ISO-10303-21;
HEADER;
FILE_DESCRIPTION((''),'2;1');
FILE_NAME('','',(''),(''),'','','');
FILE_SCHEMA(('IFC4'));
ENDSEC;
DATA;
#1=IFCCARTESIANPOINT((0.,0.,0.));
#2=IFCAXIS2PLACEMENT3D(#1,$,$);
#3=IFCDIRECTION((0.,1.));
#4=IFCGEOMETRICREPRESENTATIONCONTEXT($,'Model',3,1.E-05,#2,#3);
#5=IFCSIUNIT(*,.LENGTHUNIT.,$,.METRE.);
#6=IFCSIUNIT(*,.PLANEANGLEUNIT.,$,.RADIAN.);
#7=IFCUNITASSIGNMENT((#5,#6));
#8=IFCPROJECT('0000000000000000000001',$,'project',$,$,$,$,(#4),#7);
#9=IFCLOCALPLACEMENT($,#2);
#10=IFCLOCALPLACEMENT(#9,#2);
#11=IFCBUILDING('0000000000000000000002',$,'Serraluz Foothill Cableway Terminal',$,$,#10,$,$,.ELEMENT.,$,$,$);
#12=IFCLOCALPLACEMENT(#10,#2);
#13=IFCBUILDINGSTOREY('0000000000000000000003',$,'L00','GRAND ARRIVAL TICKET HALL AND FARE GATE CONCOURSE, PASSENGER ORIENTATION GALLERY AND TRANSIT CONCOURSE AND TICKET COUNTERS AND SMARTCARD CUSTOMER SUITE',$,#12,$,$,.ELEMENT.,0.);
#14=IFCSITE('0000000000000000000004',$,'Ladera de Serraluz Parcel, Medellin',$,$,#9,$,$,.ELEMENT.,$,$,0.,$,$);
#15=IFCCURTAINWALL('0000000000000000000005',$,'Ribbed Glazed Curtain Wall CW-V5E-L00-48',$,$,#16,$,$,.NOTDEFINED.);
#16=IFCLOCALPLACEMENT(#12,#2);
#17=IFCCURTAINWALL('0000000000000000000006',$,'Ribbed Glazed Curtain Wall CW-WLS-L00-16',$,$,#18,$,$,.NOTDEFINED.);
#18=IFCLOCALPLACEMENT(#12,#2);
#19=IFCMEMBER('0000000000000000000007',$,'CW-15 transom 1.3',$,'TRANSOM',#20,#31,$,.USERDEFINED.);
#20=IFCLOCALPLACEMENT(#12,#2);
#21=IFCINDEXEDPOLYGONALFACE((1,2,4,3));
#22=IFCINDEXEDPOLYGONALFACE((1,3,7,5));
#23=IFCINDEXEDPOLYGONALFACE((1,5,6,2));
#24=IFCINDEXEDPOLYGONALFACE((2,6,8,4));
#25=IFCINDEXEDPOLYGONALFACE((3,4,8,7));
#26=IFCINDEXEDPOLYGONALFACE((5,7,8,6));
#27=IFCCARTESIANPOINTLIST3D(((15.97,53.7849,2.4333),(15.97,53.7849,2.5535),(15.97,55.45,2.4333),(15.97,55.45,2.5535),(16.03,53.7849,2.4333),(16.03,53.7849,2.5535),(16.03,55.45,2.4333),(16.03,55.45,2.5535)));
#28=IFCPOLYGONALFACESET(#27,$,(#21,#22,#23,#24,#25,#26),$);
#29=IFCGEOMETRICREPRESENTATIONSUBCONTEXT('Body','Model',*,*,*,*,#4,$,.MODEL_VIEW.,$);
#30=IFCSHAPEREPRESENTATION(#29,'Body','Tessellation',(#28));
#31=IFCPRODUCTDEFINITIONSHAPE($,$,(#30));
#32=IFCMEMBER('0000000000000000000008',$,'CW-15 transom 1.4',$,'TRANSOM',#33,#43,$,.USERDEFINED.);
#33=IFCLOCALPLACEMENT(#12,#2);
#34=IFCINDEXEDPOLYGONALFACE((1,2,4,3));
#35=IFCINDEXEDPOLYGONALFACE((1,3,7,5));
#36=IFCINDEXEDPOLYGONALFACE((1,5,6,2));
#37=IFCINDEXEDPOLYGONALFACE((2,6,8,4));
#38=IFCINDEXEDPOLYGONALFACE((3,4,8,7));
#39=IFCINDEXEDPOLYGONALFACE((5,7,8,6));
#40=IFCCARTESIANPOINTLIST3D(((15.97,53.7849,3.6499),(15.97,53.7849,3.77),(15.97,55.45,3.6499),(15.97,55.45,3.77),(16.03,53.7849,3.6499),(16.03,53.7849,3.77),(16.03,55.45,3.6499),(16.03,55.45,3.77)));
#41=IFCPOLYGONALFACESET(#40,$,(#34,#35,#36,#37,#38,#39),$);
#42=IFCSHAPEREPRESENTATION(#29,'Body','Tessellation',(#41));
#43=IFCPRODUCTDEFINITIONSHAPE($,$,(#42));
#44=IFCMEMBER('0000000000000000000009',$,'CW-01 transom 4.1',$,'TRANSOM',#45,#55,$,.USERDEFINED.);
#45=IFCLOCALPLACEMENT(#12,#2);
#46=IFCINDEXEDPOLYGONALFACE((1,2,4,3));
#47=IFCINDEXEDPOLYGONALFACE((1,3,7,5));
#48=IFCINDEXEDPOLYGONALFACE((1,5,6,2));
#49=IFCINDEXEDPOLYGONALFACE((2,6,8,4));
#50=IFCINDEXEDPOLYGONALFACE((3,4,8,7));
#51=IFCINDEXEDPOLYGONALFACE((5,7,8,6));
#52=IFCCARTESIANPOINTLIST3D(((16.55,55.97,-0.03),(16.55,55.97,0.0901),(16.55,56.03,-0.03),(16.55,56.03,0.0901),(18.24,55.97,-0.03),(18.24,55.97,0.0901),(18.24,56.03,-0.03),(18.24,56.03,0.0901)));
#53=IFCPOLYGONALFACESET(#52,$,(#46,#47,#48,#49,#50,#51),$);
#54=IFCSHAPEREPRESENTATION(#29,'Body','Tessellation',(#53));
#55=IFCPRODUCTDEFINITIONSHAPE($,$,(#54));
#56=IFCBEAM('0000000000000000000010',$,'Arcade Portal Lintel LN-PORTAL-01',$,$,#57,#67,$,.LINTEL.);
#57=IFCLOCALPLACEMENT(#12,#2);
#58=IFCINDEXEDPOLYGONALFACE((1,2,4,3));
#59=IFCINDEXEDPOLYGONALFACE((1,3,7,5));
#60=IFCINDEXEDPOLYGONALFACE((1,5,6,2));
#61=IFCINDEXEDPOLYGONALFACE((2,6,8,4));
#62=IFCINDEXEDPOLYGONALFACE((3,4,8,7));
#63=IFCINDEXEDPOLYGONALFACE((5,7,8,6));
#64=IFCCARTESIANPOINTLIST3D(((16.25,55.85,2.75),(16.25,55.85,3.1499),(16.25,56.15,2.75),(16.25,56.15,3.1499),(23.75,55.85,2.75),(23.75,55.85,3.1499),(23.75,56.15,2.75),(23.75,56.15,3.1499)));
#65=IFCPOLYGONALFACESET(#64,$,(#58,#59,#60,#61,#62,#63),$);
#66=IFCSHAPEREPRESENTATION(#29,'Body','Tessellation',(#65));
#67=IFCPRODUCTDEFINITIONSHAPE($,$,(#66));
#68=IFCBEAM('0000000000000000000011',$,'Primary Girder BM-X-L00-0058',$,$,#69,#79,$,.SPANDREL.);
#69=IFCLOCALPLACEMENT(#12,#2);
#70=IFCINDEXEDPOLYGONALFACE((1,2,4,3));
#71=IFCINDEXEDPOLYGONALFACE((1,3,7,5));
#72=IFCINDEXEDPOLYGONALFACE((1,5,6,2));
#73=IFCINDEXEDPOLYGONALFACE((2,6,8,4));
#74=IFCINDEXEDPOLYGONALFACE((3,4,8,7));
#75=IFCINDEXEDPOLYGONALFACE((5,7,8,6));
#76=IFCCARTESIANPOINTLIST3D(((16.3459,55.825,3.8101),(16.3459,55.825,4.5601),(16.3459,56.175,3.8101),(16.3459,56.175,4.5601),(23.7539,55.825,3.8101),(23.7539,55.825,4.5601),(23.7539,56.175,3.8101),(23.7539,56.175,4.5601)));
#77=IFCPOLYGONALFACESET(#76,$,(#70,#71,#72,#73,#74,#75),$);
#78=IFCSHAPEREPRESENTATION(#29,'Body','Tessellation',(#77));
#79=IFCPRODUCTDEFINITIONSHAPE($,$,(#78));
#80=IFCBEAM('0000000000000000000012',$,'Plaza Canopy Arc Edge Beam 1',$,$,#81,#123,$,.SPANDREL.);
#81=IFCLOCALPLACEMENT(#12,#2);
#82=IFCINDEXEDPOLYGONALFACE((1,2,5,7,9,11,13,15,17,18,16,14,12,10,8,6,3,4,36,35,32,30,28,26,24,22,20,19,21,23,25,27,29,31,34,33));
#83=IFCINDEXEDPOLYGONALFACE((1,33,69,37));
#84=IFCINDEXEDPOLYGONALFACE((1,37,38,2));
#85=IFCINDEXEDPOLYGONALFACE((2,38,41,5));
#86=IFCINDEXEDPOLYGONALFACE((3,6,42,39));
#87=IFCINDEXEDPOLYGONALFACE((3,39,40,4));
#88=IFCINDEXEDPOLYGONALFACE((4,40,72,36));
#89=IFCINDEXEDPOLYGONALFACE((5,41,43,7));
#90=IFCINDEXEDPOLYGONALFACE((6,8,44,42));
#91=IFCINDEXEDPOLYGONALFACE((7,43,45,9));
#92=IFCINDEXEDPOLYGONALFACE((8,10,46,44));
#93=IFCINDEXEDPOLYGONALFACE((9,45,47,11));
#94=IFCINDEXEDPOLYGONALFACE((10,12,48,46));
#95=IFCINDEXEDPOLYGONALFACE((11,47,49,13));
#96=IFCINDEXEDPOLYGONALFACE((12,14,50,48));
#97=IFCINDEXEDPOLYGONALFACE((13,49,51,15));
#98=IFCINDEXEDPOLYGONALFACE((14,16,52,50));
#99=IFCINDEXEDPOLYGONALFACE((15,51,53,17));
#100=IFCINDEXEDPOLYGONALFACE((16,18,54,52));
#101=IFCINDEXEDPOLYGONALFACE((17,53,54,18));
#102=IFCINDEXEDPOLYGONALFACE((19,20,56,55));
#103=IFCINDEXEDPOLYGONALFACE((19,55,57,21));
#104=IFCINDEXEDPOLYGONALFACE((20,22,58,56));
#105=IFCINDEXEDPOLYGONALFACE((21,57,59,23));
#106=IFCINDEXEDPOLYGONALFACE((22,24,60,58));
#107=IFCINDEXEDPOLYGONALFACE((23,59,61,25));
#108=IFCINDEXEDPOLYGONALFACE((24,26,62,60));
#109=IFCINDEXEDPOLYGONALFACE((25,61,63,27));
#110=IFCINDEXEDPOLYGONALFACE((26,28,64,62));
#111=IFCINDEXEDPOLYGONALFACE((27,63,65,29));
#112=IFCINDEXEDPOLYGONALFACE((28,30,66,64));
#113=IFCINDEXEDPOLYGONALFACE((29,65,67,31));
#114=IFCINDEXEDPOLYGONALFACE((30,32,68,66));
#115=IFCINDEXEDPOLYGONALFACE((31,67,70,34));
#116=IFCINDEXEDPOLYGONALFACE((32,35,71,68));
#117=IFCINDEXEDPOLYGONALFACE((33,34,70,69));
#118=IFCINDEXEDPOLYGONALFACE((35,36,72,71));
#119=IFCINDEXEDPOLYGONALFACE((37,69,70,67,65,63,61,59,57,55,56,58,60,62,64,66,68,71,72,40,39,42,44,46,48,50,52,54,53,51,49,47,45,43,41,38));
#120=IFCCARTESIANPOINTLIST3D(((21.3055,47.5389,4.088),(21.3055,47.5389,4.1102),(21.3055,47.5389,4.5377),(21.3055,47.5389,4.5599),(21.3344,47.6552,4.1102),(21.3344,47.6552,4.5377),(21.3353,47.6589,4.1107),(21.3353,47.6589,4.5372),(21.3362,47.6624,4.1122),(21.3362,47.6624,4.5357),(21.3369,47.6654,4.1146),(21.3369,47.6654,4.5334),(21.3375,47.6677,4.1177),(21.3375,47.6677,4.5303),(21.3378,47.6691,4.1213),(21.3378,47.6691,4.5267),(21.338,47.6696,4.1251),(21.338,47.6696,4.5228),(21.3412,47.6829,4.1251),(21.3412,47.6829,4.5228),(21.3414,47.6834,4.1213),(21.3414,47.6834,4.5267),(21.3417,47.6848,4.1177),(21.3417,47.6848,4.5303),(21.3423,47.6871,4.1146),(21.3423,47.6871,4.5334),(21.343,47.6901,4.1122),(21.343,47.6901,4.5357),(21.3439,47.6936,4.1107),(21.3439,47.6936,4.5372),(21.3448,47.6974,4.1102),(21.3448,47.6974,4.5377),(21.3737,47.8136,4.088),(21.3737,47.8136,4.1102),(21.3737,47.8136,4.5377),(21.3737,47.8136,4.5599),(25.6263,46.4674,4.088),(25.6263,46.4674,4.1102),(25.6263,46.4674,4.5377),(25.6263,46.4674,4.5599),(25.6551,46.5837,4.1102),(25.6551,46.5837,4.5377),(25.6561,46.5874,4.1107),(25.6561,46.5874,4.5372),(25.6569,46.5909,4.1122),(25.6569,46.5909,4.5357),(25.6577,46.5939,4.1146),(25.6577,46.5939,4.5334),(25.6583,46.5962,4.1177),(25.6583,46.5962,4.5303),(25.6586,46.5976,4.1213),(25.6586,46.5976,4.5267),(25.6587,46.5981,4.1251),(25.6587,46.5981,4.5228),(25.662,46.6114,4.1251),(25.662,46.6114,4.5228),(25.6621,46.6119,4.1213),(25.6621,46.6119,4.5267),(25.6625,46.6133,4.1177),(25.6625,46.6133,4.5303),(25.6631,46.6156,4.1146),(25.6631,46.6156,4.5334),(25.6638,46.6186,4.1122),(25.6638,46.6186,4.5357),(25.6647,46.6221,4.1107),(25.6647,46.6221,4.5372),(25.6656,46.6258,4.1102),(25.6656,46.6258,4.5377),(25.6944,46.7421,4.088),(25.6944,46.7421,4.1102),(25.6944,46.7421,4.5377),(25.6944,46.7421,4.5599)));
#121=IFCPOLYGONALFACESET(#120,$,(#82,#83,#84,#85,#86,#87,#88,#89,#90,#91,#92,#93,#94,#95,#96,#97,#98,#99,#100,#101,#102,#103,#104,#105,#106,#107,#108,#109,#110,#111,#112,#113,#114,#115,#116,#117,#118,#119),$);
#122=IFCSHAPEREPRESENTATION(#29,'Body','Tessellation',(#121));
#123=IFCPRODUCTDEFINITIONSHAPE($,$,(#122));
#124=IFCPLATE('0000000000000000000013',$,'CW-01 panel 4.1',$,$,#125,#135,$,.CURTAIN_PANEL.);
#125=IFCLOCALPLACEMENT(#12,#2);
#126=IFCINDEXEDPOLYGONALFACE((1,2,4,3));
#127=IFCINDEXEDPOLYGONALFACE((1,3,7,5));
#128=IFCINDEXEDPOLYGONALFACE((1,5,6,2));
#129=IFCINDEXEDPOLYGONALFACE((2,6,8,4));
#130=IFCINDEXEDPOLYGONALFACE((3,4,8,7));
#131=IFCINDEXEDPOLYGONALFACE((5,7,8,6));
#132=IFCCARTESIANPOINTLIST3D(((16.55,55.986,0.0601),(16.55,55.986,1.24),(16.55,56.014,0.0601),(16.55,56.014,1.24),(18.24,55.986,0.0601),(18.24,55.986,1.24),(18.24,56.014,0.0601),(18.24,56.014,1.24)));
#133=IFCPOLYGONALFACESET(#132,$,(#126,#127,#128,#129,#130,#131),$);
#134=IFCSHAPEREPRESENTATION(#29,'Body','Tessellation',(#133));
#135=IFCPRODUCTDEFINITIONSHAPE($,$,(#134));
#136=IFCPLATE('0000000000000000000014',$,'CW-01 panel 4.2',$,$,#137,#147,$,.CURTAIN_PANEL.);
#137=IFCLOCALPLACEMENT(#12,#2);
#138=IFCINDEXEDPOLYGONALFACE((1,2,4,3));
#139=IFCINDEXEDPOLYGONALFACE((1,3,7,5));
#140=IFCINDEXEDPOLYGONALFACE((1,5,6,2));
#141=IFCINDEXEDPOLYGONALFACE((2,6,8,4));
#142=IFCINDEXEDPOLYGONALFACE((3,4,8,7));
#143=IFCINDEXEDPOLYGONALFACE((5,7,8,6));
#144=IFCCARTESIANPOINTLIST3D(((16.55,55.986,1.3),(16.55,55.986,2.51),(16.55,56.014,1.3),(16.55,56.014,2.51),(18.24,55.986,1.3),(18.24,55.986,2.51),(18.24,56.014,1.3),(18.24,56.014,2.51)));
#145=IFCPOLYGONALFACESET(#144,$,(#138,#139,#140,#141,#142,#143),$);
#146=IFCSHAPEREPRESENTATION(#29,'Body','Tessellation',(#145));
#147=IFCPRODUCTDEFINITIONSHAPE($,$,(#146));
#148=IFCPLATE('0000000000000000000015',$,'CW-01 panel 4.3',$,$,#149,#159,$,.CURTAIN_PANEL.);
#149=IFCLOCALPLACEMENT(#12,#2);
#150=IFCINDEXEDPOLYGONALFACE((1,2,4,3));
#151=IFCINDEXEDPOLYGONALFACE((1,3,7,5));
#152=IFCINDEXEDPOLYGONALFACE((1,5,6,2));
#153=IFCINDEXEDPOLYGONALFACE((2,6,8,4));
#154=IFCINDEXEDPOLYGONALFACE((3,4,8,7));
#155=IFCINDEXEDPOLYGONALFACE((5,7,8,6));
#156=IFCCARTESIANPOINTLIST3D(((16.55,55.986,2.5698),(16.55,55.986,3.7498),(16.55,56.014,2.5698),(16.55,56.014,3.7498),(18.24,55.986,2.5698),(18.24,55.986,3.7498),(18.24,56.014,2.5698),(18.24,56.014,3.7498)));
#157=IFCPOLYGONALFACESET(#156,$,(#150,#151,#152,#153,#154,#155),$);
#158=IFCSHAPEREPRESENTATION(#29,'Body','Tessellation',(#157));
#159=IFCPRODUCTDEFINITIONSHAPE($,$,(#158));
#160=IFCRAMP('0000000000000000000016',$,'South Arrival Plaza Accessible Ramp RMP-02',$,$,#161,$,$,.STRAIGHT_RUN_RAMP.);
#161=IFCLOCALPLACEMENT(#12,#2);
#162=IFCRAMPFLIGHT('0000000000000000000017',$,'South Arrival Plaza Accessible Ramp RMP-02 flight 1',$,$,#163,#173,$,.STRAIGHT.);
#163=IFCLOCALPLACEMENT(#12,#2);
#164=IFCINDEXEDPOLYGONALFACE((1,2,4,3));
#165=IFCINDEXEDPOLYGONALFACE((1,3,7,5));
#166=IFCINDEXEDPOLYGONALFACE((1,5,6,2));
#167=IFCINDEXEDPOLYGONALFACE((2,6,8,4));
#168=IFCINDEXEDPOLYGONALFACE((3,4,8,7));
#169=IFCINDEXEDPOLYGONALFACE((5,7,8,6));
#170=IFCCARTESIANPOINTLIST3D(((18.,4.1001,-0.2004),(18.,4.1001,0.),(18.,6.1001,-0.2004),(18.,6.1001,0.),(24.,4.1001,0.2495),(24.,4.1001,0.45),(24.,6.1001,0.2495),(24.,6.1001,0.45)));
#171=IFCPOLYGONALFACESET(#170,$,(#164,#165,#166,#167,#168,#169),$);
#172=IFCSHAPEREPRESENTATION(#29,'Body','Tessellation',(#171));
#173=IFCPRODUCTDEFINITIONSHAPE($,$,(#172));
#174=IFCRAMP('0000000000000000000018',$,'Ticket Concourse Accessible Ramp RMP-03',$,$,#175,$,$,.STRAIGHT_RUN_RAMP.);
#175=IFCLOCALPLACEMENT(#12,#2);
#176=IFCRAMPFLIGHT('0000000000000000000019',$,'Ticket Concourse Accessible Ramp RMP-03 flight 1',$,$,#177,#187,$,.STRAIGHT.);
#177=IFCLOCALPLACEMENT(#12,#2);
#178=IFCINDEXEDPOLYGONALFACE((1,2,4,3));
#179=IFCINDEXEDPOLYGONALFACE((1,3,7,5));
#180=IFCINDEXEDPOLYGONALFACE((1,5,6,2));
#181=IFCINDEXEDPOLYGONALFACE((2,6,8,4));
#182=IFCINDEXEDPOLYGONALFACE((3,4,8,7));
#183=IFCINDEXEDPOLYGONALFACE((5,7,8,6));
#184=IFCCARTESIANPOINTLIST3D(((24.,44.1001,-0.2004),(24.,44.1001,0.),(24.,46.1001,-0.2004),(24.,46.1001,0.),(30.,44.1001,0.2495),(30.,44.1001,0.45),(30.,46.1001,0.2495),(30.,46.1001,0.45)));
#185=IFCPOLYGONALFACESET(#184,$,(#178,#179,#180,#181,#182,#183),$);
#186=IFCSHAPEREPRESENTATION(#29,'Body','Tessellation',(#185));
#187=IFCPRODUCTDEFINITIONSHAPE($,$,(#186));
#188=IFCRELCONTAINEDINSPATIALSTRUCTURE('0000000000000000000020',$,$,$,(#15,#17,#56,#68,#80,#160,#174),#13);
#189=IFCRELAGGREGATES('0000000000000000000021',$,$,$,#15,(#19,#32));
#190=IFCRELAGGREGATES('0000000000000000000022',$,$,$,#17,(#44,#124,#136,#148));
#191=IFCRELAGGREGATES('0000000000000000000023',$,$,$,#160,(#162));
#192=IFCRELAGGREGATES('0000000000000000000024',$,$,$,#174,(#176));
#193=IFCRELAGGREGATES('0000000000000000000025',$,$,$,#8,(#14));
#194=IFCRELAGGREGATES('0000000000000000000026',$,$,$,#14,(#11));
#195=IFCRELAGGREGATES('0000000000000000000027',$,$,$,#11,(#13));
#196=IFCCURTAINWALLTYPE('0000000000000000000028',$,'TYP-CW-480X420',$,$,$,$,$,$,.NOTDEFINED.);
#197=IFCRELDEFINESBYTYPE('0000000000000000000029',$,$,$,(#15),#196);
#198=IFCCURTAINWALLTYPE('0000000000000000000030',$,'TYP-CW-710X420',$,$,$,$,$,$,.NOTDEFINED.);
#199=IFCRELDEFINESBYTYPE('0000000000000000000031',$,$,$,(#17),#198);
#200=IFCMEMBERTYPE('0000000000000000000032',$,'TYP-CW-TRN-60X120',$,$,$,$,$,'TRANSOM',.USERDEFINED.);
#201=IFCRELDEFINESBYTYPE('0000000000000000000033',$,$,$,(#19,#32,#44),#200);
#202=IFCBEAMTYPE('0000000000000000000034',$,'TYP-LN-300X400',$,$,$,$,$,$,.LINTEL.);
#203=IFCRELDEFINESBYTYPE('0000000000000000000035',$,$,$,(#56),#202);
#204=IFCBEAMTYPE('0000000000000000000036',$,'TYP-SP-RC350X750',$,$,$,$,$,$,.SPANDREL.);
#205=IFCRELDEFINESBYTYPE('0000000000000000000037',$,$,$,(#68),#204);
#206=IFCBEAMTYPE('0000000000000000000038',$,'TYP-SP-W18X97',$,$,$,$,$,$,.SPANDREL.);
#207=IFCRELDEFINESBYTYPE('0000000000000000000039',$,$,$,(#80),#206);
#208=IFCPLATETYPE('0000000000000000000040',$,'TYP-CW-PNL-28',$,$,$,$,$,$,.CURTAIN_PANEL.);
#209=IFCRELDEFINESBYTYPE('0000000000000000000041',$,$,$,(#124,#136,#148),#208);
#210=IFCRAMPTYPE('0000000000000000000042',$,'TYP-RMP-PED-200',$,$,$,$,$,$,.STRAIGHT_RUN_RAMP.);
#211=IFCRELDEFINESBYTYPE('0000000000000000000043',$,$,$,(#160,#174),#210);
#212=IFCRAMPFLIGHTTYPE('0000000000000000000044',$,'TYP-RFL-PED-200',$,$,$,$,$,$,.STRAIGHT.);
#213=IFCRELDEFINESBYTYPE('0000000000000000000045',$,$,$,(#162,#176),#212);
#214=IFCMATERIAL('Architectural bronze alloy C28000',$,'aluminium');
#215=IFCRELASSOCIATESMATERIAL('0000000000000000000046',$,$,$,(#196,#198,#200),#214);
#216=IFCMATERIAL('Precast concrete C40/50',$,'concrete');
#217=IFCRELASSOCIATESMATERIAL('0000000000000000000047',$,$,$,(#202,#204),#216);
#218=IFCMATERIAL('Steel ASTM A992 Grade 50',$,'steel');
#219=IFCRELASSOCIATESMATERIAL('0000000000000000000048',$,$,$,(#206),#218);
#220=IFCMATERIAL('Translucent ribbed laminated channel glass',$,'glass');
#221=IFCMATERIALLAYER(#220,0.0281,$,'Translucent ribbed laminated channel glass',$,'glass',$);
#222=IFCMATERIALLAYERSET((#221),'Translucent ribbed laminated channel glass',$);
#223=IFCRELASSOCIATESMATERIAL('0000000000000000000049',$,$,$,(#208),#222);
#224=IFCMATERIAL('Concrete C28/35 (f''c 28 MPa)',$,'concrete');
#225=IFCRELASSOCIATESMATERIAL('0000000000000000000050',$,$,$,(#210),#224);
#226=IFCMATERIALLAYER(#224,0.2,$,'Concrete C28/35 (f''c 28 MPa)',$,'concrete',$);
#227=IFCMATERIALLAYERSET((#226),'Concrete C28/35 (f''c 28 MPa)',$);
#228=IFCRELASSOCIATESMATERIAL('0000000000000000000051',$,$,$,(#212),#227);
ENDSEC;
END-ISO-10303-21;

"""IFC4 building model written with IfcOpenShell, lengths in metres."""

from ifc_helpers import new_model, si_unit, direction, frame, origin, origin_2d, place, context, subcontext, project, spatial, polyline, rectangle, i_section, outline, extrude, material, layer, layer_set, material_profile, profile_set, type_object, element, aggregate, save


model = new_model("IFC4")

# Units and contexts
model_context = context("Model", 3, precision=1e-05, world=origin(), true_north=direction((0.0, 1.0)))
body_context = subcontext(model_context, "Body", "Model", "MODEL_VIEW")
ifc_project = project(units=[si_unit("LENGTHUNIT", "METRE"), si_unit("PLANEANGLEUNIT", "RADIAN")], contexts=[model_context])

# Site, building, storey
site_placement = place(None, origin())
site = spatial("IfcSite", under=ifc_project, at=site_placement, Name="Ladera de Serraluz Parcel, Medellin", CompositionType="ELEMENT", RefElevation=0.0)
building_placement = place(site_placement, origin())
building = spatial("IfcBuilding", under=site, at=building_placement, Name="Serraluz Foothill Cableway Terminal", CompositionType="ELEMENT")
storey_placement = place(building_placement, origin())
storey = spatial("IfcBuildingStorey", under=building, at=storey_placement, Name="L00", Description="GRAND ARRIVAL TICKET HALL AND FARE GATE CONCOURSE, PASSENGER ORIENTATION GALLERY AND TRANSIT CONCOURSE AND TICKET COUNTERS AND SMARTCARD CUSTOMER SUITE", CompositionType="ELEMENT", Elevation=0.0)

# Shared definitions
ifc_material_1 = material(Name="Concrete C28/35 (f'c 28 MPa)", Category="concrete")

# Curtain walls
ifc_material_2 = material(Name="Architectural bronze alloy C28000", Category="aluminium")
curtain_wall_type_1 = type_object("IfcCurtainWallType", Name="TYP-CW-480X420", PredefinedType="NOTDEFINED", material=ifc_material_2)
curtain_wall_1_placement = place(storey_placement, origin())
curtain_wall_1 = element("IfcCurtainWall", 1, at=curtain_wall_1_placement, inside=storey, type_object=curtain_wall_type_1, Name="Ribbed Glazed Curtain Wall CW-V5E-L00-48", PredefinedType="NOTDEFINED")
curtain_wall_type_2 = type_object("IfcCurtainWallType", Name="TYP-CW-710X420", PredefinedType="NOTDEFINED", material=ifc_material_2)
curtain_wall_2_placement = place(storey_placement, origin())
curtain_wall_2 = element("IfcCurtainWall", 2, at=curtain_wall_2_placement, inside=storey, type_object=curtain_wall_type_2, Name="Ribbed Glazed Curtain Wall CW-WLS-L00-16", PredefinedType="NOTDEFINED")

# Members
ifc_material_profile_1 = material_profile(ifc_material_2, rectangle(XDim=0.0601, YDim=0.1201, at=origin_2d()), Name="ALU TRANSOM 60x120")
ifc_profile_set_1 = profile_set([ifc_material_profile_1], Name="Architectural bronze alloy C28000")
member_type_1 = type_object("IfcMemberType", Name="TYP-CW-TRN-60X120", ElementType="TRANSOM", PredefinedType="USERDEFINED", material=ifc_profile_set_1)
member_1_placement = place(storey_placement, frame((16.0, 55.45, 2.4934), z_axis=(0.0, -1.0, 0.0), x_axis=(1.0, 0.0, 0.0)))
member_1 = element("IfcMember", 3, at=member_1_placement, type_object=member_type_1, Name="CW-15 transom 1.3", ObjectType="TRANSOM", PredefinedType="USERDEFINED", context=body_context, shape_type="SweptSolid", body=[
    extrude(rectangle(XDim=0.0601, YDim=0.1201, at=origin_2d()), origin(), (0.0, 0.0, 1.0), 1.665),
])
member_2_placement = place(storey_placement, frame((16.0, 55.45, 3.71), z_axis=(0.0, -1.0, 0.0), x_axis=(1.0, 0.0, 0.0)))
member_2 = element("IfcMember", 4, at=member_2_placement, type_object=member_type_1, Name="CW-15 transom 1.4", ObjectType="TRANSOM", PredefinedType="USERDEFINED", context=body_context, shape_type="SweptSolid", body=[
    extrude(rectangle(XDim=0.0601, YDim=0.1201, at=origin_2d()), origin(), (0.0, 0.0, 1.0), 1.665),
])
aggregate(curtain_wall_1, [member_1, member_2])
member_3_placement = place(storey_placement, frame((18.24, 56.0, 0.03), z_axis=(-1.0, 0.0, 0.0), x_axis=(0.0, -1.0, 0.0)))
member_3 = element("IfcMember", 5, at=member_3_placement, type_object=member_type_1, Name="CW-01 transom 4.1", ObjectType="TRANSOM", PredefinedType="USERDEFINED", context=body_context, shape_type="SweptSolid", body=[
    extrude(rectangle(XDim=0.0601, YDim=0.1201, at=origin_2d()), origin(), (0.0, 0.0, 1.0), 1.6899),
])

# Beams
ifc_material_3 = material(Name="Precast concrete C40/50", Category="concrete")
ifc_material_profile_2 = material_profile(ifc_material_3, rectangle(XDim=0.3, YDim=0.3999, at=origin_2d()), Name="RC LN 300x400")
ifc_profile_set_2 = profile_set([ifc_material_profile_2], Name="Precast concrete C40/50")
beam_type_1 = type_object("IfcBeamType", Name="TYP-LN-300X400", PredefinedType="LINTEL", material=ifc_profile_set_2)
beam_1_placement = place(storey_placement, frame((16.25, 56.0, 2.95), z_axis=(1.0, 0.0, 0.0), x_axis=(0.0, 1.0, 0.0)))
element("IfcBeam", 6, at=beam_1_placement, inside=storey, type_object=beam_type_1, Name="Arcade Portal Lintel LN-PORTAL-01", PredefinedType="LINTEL", context=body_context, shape_type="SweptSolid", body=[
    extrude(rectangle(XDim=0.3, YDim=0.3999, at=origin_2d()), origin(), (0.0, 0.0, 1.0), 7.5),
])
ifc_material_profile_3 = material_profile(ifc_material_3, rectangle(XDim=0.3501, YDim=0.75, at=origin_2d()), Name="RC SP 350x750")
ifc_profile_set_3 = profile_set([ifc_material_profile_3], Name="Precast concrete C40/50")
beam_type_2 = type_object("IfcBeamType", Name="TYP-SP-RC350X750", PredefinedType="SPANDREL", material=ifc_profile_set_3)
beam_2_placement = place(storey_placement, frame((16.3459, 56.0, 4.1851), z_axis=(1.0, 0.0, 0.0), x_axis=(0.0, 1.0, 0.0)))
element("IfcBeam", 7, at=beam_2_placement, inside=storey, type_object=beam_type_2, Name="Primary Girder BM-X-L00-0058", PredefinedType="SPANDREL", context=body_context, shape_type="SweptSolid", body=[
    extrude(rectangle(XDim=0.3501, YDim=0.75, at=origin_2d()), origin(), (0.0, 0.0, 1.0), 7.408),
])
ifc_material_4 = material(Name="Steel ASTM A992 Grade 50", Category="steel")
ifc_material_profile_4 = material_profile(ifc_material_4, i_section(OverallWidth=0.283, OverallDepth=0.4719, WebThickness=0.0137, FlangeThickness=0.0222, FilletRadius=0.0149, at=origin_2d()), Name="W18X97")
ifc_profile_set_4 = profile_set([ifc_material_profile_4], Name="Steel ASTM A992 Grade 50")
beam_type_3 = type_object("IfcBeamType", Name="TYP-SP-W18X97", PredefinedType="SPANDREL", material=ifc_profile_set_4)
beam_3_placement = place(storey_placement, frame((21.3396, 47.6763, 4.324), z_axis=(0.970599, -0.240703, 0.0), x_axis=(0.240703, 0.970599, 0.0)))
element("IfcBeam", 8, at=beam_3_placement, inside=storey, type_object=beam_type_3, Name="Plaza Canopy Arc Edge Beam 1", PredefinedType="SPANDREL", context=body_context, shape_type="SweptSolid", body=[
    extrude(i_section(OverallWidth=0.283, OverallDepth=0.4719, WebThickness=0.0137, FlangeThickness=0.0222, FilletRadius=0.0149, at=origin_2d()), origin(), (0.0, 0.0, 1.0), 4.4517),
])

# Plates
ifc_material_5 = material(Name="Translucent ribbed laminated channel glass", Category="glass")
ifc_layer_1 = layer(ifc_material_5, 0.0281, Name="Translucent ribbed laminated channel glass", Category="glass")
ifc_layer_set_1 = layer_set([ifc_layer_1], Name="Translucent ribbed laminated channel glass")
plate_type = type_object("IfcPlateType", Name="TYP-CW-PNL-28", PredefinedType="CURTAIN_PANEL", material=ifc_layer_set_1)
plate_1_placement = place(storey_placement, frame((17.395, 56.0, 0.0601), z_axis=(0.0, 0.0, 1.0), x_axis=(-1.0, 0.0, 0.0)))
plate_1 = element("IfcPlate", 9, at=plate_1_placement, type_object=plate_type, Name="CW-01 panel 4.1", PredefinedType="CURTAIN_PANEL", context=body_context, shape_type="SweptSolid", body=[
    extrude(rectangle(XDim=1.6899, YDim=0.0281, at=origin_2d()), origin(), (0.0, 0.0, 1.0), 1.1799),
])
plate_2_placement = place(storey_placement, frame((17.395, 56.0, 1.3), z_axis=(0.0, 0.0, 1.0), x_axis=(-1.0, 0.0, 0.0)))
plate_2 = element("IfcPlate", 10, at=plate_2_placement, type_object=plate_type, Name="CW-01 panel 4.2", PredefinedType="CURTAIN_PANEL", context=body_context, shape_type="SweptSolid", body=[
    extrude(rectangle(XDim=1.6899, YDim=0.0281, at=origin_2d()), origin(), (0.0, 0.0, 1.0), 1.21),
])
plate_3_placement = place(storey_placement, frame((17.395, 56.0, 2.5698), z_axis=(0.0, 0.0, 1.0), x_axis=(-1.0, 0.0, 0.0)))
plate_3 = element("IfcPlate", 11, at=plate_3_placement, type_object=plate_type, Name="CW-01 panel 4.3", PredefinedType="CURTAIN_PANEL", context=body_context, shape_type="SweptSolid", body=[
    extrude(rectangle(XDim=1.6899, YDim=0.0281, at=origin_2d()), origin(), (0.0, 0.0, 1.0), 1.1799),
])
aggregate(curtain_wall_2, [member_3, plate_1, plate_2, plate_3])

# Ramps, ramp flights
ramp_type = type_object("IfcRampType", Name="TYP-RMP-PED-200", PredefinedType="STRAIGHT_RUN_RAMP", material=ifc_material_1)
ramp_1_placement = place(storey_placement, origin())
ramp_1 = element("IfcRamp", 12, at=ramp_1_placement, inside=storey, type_object=ramp_type, Name="South Arrival Plaza Accessible Ramp RMP-02", PredefinedType="STRAIGHT_RUN_RAMP")
ifc_layer_2 = layer(ifc_material_1, 0.2, Name="Concrete C28/35 (f'c 28 MPa)", Category="concrete")
ifc_layer_set_2 = layer_set([ifc_layer_2], Name="Concrete C28/35 (f'c 28 MPa)")
ramp_flight_type = type_object("IfcRampFlightType", Name="TYP-RFL-PED-200", PredefinedType="STRAIGHT", material=ifc_layer_set_2)
ramp_flight_1_placement = place(storey_placement, frame((18.0, 5.1001, 0.0), z_axis=(0.0, 0.0, 1.0), x_axis=(1.0, 0.0, 0.0)))
ramp_flight_1 = element("IfcRampFlight", 13, at=ramp_flight_1_placement, type_object=ramp_flight_type, Name="South Arrival Plaza Accessible Ramp RMP-02 flight 1", PredefinedType="STRAIGHT", context=body_context, shape_type="SweptSolid", body=[
    extrude(outline(polyline([(0.0, -0.2004), (6.0, 0.2495), (6.0, 0.45), (0.0, 0.0), (0.0, -0.2004)])), frame((0.0, 1.0, 0.0), z_axis=(0.0, -1.0, 0.0), x_axis=(1.0, 0.0, 0.0)), (0.0, 0.0, 1.0), 2.0),
])
aggregate(ramp_1, [ramp_flight_1])
ramp_2_placement = place(storey_placement, origin())
ramp_2 = element("IfcRamp", 14, at=ramp_2_placement, inside=storey, type_object=ramp_type, Name="Ticket Concourse Accessible Ramp RMP-03", PredefinedType="STRAIGHT_RUN_RAMP")
ramp_flight_2_placement = place(storey_placement, frame((24.0, 45.1001, 0.0), z_axis=(0.0, 0.0, 1.0), x_axis=(1.0, 0.0, 0.0)))
ramp_flight_2 = element("IfcRampFlight", 15, at=ramp_flight_2_placement, type_object=ramp_flight_type, Name="Ticket Concourse Accessible Ramp RMP-03 flight 1", PredefinedType="STRAIGHT", context=body_context, shape_type="SweptSolid", body=[
    extrude(outline(polyline([(0.0, -0.2004), (6.0, 0.2495), (6.0, 0.45), (0.0, 0.0), (0.0, -0.2004)])), frame((0.0, 1.0, 0.0), z_axis=(0.0, -1.0, 0.0), x_axis=(1.0, 0.0, 0.0)), (0.0, 0.0, 1.0), 2.0),
])
aggregate(ramp_2, [ramp_flight_2])

save(model, "model.ifc")
